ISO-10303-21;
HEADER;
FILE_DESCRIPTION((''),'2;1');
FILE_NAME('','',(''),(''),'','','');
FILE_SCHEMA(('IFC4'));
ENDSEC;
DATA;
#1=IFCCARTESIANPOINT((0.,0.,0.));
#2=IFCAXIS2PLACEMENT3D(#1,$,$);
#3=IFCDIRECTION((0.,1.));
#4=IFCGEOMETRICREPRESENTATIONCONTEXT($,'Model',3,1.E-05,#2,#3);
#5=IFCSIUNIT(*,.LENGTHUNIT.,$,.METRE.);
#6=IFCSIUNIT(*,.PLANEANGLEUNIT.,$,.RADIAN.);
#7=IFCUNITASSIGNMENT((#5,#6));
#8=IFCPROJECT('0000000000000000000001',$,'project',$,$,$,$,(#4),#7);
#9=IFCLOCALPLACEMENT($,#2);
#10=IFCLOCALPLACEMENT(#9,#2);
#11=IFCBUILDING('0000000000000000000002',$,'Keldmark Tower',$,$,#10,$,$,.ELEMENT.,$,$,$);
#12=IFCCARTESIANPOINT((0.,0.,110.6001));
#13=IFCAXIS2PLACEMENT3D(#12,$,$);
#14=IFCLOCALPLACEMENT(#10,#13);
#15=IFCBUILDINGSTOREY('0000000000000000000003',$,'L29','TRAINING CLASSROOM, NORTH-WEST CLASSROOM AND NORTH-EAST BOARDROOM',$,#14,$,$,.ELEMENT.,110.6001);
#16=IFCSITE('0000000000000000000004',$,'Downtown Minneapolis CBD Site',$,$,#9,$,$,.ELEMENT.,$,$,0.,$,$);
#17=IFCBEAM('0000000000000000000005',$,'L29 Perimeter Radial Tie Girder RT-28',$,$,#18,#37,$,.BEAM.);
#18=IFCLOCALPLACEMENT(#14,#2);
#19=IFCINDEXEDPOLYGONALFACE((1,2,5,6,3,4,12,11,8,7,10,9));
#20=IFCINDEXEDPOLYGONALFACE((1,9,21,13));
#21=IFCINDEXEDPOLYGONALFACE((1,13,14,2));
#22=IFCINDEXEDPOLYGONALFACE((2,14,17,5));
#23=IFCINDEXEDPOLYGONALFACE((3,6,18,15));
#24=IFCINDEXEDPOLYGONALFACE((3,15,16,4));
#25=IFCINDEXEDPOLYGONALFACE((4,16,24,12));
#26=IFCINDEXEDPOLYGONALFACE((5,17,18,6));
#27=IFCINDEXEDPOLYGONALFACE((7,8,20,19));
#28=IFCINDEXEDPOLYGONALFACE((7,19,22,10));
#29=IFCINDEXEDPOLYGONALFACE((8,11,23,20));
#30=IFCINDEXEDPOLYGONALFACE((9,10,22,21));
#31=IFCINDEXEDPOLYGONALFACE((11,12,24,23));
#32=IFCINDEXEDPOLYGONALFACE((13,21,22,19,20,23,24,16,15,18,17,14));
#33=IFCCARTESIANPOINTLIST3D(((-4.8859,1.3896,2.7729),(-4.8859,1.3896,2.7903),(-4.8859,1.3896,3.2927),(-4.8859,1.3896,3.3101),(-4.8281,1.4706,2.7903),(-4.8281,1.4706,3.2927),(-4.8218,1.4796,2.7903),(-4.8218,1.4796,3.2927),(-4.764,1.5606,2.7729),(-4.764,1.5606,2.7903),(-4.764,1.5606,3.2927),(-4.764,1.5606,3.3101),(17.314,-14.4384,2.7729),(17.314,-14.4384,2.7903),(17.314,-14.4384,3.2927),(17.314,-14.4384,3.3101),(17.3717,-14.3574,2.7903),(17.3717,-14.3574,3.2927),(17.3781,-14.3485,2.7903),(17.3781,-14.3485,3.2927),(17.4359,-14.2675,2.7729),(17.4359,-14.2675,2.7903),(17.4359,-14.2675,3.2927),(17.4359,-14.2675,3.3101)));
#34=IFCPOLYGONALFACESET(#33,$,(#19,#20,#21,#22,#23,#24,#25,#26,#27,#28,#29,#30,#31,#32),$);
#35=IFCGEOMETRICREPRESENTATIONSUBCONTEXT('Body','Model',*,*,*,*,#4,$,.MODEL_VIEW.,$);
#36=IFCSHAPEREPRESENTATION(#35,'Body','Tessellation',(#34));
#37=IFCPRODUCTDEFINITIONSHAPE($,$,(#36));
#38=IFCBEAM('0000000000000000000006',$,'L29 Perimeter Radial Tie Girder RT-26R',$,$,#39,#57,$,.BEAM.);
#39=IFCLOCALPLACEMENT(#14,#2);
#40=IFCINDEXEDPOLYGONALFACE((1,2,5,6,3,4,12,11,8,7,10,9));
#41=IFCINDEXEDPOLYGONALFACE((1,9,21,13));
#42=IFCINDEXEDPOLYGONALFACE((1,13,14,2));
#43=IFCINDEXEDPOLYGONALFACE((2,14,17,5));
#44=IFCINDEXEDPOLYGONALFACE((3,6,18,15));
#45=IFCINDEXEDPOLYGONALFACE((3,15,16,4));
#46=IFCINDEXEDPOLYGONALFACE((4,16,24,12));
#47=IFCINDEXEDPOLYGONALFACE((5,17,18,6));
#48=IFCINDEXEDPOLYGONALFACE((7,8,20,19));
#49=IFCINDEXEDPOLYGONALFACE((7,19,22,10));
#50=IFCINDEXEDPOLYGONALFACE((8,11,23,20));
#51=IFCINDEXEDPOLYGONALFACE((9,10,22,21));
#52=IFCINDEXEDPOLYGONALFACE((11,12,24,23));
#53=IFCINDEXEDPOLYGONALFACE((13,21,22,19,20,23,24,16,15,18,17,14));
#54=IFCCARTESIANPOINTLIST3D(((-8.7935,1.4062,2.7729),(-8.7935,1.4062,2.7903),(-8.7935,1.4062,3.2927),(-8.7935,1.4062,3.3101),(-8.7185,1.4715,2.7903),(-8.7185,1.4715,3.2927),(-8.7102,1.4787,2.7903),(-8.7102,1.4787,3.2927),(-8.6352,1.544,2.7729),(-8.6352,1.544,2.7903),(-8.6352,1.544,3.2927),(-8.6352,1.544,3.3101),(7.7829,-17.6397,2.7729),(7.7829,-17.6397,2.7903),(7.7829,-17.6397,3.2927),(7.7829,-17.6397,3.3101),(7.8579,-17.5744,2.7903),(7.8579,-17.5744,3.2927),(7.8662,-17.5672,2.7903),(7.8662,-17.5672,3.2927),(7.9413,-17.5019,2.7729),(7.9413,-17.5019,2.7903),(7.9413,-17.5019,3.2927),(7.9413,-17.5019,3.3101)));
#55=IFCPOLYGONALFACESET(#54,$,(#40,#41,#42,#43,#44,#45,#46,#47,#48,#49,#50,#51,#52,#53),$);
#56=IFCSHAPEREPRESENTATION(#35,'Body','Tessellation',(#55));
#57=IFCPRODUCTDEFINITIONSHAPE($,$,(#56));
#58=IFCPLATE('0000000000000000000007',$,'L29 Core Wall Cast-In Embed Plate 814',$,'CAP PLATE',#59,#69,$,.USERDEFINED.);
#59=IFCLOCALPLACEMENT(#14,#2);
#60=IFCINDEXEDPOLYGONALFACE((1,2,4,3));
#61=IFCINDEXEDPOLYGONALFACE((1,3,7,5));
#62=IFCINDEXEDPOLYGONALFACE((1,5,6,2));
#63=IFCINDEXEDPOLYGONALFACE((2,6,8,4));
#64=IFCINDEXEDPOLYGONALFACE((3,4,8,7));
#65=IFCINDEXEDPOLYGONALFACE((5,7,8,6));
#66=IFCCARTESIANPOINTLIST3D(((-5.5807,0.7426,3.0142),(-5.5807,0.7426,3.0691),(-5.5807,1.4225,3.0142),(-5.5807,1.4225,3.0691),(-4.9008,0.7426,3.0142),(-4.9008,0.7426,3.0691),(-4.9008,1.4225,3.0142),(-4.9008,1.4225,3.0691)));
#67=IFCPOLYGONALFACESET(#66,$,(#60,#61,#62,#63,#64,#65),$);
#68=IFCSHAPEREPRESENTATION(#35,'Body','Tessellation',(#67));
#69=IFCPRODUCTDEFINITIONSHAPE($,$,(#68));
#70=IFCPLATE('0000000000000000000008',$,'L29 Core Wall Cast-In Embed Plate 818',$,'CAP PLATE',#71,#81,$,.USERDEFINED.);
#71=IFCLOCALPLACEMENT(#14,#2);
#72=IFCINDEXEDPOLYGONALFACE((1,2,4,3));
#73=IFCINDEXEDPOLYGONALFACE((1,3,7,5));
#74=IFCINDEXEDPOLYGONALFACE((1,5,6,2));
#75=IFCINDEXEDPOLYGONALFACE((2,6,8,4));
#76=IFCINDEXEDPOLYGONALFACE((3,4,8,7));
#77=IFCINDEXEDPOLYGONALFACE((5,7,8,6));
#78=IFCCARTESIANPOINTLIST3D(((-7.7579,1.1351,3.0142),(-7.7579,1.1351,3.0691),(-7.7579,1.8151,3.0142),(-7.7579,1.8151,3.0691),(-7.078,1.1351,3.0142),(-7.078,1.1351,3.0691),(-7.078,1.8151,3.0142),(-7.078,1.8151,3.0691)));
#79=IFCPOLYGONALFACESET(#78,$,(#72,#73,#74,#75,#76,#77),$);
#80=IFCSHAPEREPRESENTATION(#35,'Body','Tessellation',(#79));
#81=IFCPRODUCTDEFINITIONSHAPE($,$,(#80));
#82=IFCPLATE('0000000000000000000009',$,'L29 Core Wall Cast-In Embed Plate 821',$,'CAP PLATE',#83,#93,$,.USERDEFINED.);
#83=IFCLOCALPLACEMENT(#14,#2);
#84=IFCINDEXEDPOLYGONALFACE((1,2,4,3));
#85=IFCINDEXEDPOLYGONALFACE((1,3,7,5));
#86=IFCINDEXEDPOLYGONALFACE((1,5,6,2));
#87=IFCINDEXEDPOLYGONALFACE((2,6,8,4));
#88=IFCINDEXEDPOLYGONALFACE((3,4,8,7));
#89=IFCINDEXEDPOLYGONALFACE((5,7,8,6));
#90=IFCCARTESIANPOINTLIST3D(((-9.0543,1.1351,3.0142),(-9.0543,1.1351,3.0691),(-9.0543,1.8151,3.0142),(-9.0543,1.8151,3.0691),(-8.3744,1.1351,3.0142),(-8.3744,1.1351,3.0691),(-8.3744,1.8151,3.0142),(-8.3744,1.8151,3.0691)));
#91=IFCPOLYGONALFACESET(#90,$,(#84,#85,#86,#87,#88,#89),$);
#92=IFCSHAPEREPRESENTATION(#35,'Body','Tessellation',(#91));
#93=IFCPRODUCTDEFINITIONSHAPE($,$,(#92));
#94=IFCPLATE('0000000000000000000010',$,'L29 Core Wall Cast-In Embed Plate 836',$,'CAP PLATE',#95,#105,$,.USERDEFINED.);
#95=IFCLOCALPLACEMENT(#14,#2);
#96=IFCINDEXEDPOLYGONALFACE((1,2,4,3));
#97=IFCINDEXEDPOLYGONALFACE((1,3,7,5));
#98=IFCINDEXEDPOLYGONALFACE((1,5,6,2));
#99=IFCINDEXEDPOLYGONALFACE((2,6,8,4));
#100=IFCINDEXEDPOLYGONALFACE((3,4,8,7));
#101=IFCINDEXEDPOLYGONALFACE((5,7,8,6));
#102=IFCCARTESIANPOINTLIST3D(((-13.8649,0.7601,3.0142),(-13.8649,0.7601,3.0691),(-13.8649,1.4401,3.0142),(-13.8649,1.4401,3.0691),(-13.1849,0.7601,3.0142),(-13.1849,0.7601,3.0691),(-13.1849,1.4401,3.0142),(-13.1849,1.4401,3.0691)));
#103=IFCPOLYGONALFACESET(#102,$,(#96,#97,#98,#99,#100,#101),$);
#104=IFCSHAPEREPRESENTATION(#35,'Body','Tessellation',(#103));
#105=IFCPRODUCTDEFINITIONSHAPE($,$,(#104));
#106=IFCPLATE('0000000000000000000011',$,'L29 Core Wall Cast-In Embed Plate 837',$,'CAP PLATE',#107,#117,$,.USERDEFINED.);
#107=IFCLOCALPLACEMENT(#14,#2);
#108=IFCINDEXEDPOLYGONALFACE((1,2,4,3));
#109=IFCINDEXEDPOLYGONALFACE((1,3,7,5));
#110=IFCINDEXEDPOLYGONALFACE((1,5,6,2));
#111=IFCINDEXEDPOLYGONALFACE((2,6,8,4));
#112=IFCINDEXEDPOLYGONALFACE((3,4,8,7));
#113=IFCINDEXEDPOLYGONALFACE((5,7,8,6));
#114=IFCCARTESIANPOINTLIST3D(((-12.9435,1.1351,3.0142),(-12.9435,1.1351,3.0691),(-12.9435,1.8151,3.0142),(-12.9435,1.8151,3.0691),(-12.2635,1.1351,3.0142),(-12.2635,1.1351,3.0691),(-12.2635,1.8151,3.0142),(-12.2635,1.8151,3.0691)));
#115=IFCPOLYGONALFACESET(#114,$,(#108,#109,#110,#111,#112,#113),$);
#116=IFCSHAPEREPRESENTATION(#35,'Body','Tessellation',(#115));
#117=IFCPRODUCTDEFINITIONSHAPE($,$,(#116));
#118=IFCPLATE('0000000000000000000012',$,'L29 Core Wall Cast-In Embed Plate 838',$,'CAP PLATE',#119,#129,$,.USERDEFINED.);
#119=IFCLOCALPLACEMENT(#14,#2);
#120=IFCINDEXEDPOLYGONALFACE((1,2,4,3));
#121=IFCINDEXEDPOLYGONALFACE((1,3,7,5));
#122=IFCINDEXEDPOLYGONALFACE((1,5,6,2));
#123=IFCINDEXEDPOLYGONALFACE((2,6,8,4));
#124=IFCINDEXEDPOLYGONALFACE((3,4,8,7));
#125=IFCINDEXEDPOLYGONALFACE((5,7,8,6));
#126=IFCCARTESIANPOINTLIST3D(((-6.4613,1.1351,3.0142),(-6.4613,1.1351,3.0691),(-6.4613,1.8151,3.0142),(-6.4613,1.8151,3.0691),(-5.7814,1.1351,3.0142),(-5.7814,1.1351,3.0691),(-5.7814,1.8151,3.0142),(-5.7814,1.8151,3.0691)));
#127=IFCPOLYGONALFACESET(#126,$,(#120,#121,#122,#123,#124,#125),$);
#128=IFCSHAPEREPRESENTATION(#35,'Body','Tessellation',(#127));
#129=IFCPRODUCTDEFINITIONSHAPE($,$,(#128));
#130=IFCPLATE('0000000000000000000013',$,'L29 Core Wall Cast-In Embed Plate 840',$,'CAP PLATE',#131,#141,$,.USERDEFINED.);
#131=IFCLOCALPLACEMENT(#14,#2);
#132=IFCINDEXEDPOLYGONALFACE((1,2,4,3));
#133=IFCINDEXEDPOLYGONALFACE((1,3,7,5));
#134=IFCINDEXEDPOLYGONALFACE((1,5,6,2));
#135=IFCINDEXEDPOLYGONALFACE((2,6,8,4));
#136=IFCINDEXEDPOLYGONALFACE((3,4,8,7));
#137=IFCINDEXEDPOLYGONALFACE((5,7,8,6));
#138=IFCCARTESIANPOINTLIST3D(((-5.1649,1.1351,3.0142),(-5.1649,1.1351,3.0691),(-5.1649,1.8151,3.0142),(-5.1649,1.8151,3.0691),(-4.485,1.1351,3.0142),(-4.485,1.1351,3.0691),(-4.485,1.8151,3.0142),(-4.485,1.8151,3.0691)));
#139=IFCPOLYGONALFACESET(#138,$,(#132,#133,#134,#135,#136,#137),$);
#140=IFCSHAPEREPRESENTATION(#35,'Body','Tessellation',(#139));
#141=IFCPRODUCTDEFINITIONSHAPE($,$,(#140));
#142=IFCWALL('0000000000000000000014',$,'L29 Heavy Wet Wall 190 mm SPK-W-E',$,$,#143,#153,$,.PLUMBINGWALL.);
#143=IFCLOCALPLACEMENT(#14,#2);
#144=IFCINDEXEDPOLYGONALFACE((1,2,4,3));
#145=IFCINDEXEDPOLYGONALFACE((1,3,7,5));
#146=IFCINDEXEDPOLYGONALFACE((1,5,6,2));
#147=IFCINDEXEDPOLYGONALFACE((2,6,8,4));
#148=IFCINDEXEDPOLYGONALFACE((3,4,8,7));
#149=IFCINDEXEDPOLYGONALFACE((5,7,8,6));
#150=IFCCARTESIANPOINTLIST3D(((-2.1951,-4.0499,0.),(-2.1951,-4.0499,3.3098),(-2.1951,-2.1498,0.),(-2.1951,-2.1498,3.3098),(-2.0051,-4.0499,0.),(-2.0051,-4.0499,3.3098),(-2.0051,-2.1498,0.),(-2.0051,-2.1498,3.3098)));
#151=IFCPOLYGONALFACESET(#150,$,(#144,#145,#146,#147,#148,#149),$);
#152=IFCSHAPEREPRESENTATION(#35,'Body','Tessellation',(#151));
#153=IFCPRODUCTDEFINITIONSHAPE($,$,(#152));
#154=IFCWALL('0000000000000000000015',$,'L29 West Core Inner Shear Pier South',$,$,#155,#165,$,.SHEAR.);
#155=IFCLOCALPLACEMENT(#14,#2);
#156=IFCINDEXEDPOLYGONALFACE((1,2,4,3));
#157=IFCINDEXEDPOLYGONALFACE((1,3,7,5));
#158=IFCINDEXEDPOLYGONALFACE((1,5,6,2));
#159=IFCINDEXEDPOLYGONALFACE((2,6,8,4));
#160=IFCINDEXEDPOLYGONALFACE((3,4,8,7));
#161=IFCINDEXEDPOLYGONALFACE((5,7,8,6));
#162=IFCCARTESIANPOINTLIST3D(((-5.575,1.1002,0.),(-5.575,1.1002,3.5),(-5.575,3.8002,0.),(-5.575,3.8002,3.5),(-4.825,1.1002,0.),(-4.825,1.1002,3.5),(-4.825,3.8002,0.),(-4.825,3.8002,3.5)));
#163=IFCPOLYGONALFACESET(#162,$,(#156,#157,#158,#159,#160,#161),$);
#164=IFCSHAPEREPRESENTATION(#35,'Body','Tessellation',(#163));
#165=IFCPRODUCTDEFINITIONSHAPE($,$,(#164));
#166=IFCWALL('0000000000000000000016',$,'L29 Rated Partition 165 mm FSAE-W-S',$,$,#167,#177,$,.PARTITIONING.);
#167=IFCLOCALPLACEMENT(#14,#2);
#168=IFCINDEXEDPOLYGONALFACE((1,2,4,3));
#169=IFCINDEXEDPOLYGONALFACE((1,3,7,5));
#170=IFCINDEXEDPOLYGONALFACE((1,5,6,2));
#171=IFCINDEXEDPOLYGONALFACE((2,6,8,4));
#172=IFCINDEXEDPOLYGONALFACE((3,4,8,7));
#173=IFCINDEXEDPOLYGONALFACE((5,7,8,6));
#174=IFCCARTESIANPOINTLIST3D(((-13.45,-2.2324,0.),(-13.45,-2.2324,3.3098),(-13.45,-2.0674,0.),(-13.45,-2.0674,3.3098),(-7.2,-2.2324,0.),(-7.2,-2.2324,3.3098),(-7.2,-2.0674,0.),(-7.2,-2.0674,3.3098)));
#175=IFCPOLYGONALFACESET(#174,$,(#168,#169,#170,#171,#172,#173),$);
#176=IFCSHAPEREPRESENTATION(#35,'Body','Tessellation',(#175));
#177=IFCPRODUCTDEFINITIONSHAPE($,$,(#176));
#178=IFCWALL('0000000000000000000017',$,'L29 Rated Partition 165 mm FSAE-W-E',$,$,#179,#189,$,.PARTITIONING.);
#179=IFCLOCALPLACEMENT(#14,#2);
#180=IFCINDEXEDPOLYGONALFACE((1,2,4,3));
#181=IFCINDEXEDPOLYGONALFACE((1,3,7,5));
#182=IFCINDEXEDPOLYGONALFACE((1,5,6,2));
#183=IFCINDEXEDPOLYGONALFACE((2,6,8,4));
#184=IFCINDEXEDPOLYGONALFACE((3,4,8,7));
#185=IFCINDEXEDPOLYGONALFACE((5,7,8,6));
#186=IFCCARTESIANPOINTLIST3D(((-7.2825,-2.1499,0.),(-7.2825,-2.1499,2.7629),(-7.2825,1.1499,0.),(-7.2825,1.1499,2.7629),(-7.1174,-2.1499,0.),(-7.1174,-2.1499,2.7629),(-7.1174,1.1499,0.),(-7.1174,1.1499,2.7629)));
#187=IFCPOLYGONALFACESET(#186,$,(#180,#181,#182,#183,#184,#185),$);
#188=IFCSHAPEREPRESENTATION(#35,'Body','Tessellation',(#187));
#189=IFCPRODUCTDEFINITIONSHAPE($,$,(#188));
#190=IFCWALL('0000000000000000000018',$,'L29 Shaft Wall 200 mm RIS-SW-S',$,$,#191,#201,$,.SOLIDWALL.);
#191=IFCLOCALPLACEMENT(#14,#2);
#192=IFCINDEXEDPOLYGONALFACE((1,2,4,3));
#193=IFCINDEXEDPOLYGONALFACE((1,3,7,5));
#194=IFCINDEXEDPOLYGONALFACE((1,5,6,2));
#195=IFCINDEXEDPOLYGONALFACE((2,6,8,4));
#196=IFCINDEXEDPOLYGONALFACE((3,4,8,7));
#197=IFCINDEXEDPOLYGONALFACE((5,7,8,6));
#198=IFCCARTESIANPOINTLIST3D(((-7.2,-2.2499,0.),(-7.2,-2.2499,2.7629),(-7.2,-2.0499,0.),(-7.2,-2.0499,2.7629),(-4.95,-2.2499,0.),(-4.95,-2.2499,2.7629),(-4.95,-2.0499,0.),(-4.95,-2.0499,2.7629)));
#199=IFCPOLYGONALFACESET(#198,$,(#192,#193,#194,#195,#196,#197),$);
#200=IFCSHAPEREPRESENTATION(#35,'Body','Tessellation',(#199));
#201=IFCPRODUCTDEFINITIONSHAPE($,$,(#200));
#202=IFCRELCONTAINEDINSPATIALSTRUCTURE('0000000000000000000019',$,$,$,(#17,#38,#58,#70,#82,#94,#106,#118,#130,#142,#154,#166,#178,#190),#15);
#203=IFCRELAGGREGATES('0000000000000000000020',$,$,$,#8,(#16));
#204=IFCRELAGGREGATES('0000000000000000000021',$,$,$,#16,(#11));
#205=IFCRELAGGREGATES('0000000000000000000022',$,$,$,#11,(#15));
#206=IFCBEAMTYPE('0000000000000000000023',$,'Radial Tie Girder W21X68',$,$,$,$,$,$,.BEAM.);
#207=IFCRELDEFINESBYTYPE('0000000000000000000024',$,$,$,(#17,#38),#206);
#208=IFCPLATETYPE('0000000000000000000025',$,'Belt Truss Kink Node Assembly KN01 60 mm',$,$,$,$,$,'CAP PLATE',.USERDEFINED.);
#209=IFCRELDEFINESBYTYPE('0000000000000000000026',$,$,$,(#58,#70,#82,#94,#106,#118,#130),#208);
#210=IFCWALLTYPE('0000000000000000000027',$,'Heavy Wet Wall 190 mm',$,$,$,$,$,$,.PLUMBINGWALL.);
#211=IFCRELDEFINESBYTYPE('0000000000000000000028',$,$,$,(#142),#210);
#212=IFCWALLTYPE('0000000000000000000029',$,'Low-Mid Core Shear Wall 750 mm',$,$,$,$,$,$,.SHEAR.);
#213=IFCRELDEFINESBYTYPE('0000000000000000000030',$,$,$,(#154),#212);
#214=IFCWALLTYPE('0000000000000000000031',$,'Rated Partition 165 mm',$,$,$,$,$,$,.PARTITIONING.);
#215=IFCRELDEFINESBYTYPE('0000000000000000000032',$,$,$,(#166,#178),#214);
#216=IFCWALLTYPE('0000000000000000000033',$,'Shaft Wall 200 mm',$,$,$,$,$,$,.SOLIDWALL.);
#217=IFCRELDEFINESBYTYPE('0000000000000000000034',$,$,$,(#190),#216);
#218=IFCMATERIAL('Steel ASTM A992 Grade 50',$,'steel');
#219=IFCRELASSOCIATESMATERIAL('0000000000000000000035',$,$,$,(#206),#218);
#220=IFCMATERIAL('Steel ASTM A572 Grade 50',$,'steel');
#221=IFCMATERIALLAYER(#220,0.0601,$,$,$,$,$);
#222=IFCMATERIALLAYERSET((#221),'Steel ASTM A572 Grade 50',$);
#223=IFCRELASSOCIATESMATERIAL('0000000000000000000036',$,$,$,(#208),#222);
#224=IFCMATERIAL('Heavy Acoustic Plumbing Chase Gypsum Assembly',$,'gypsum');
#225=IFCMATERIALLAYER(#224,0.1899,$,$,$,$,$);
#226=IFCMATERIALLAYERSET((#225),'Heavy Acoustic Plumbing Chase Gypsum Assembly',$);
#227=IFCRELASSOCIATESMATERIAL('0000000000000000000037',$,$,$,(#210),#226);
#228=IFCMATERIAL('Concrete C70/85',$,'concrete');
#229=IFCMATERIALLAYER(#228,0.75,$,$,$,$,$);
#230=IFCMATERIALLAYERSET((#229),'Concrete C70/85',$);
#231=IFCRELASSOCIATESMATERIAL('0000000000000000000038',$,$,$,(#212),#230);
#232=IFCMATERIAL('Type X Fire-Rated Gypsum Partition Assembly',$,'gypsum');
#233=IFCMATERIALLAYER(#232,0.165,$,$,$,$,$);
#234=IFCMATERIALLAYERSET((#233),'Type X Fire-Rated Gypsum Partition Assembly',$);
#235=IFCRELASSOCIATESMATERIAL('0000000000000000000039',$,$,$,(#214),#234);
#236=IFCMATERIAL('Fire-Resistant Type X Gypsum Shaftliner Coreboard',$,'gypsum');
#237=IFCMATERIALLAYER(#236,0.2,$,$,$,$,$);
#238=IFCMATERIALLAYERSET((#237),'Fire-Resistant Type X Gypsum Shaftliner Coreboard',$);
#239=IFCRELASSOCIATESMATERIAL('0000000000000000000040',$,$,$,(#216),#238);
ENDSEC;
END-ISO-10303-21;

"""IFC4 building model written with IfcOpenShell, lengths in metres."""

from ifc_helpers import new_model, si_unit, direction, frame, frame_2d, origin, origin_2d, place, context, subcontext, project, spatial, rectangle, i_section, extrude, material, layer, layer_set, material_profile, profile_set, type_object, element, save


model = new_model("IFC4")

# Units and contexts
model_context = context("Model", 3, precision=1e-05, world=origin(), true_north=direction((0.0, 1.0)))
body_context = subcontext(model_context, "Body", "Model", "MODEL_VIEW")
ifc_project = project(units=[si_unit("LENGTHUNIT", "METRE"), si_unit("PLANEANGLEUNIT", "RADIAN")], contexts=[model_context])

# Site, building, storey
site_placement = place(None, origin())
site = spatial("IfcSite", under=ifc_project, at=site_placement, Name="Downtown Minneapolis CBD Site", CompositionType="ELEMENT", RefElevation=0.0)
building_placement = place(site_placement, origin())
building = spatial("IfcBuilding", under=site, at=building_placement, Name="Keldmark Tower", CompositionType="ELEMENT")
storey_placement = place(building_placement, frame((0.0, 0.0, 110.6001)))
storey = spatial("IfcBuildingStorey", under=building, at=storey_placement, Name="L29", Description="TRAINING CLASSROOM, NORTH-WEST CLASSROOM AND NORTH-EAST BOARDROOM", CompositionType="ELEMENT", Elevation=110.6001)

# Beams
ifc_material_1 = material(Name="Steel ASTM A992 Grade 50", Category="steel")
ifc_material_profile_1 = material_profile(ifc_material_1, i_section(OverallWidth=0.21, OverallDepth=0.5371, WebThickness=0.011, FlangeThickness=0.0173, at=origin_2d()), Name="W21X68")
ifc_profile_set_1 = profile_set([ifc_material_profile_1], Name="Steel ASTM A992 Grade 50")
beam_type_1 = type_object("IfcBeamType", Name="Radial Tie Girder W21X68", PredefinedType="BEAM", material=ifc_profile_set_1)
beam_1_placement = place(storey_placement, frame((-4.825, 1.4751, 3.0415), z_axis=(0.814236, -0.580534, 0.0), x_axis=(0.580534, 0.814236, 0.0)))
element("IfcBeam", 1, at=beam_1_placement, inside=storey, type_object=beam_type_1, Name="L29 Perimeter Radial Tie Girder RT-28", PredefinedType="BEAM", context=body_context, shape_type="SweptSolid", body=[
    extrude(i_section(OverallWidth=0.21, OverallDepth=0.5371, WebThickness=0.011, FlangeThickness=0.0173, at=origin_2d()), origin(), (0.0, 0.0, 1.0), 27.2646),
])
beam_2_placement = place(storey_placement, frame((-8.7144, 1.4751, 3.0415), z_axis=(0.656512, -0.754316, 0.0), x_axis=(0.754316, 0.656512, 0.0)))
element("IfcBeam", 2, at=beam_2_placement, inside=storey, type_object=beam_type_1, Name="L29 Perimeter Radial Tie Girder RT-26R", PredefinedType="BEAM", context=body_context, shape_type="SweptSolid", body=[
    extrude(i_section(OverallWidth=0.21, OverallDepth=0.5371, WebThickness=0.011, FlangeThickness=0.0173, at=origin_2d()), origin(), (0.0, 0.0, 1.0), 25.2493),
])

# Plates
ifc_material_2 = material(Name="Steel ASTM A572 Grade 50", Category="steel")
ifc_layer_1 = layer(ifc_material_2, 0.0601)
ifc_layer_set_1 = layer_set([ifc_layer_1], Name="Steel ASTM A572 Grade 50")
plate_type = type_object("IfcPlateType", Name="Belt Truss Kink Node Assembly KN01 60 mm", ElementType="CAP PLATE", PredefinedType="USERDEFINED", material=ifc_layer_set_1)
for number, where, z_axis, x_axis, name in (
    (3, (-5.2407, 1.0825, 3.0142), (0.0, 0.0, 1.0), (1.0, 0.0, 0.0), "L29 Core Wall Cast-In Embed Plate 814"),
    (4, (-7.418, 1.4751, 3.0142), (0.0, 0.0, 1.0), (1.0, 0.0, 0.0), "L29 Core Wall Cast-In Embed Plate 818"),
    (5, (-8.7144, 1.4751, 3.0142), (0.0, 0.0, 1.0), (1.0, 0.0, 0.0), "L29 Core Wall Cast-In Embed Plate 821"),
    (6, (-13.5249, 1.1001, 3.0142), (0.0, 0.0, 1.0), (1.0, 0.0, 0.0), "L29 Core Wall Cast-In Embed Plate 836"),
    (7, (-12.6035, 1.4751, 3.0142), (0.0, 0.0, 1.0), (1.0, 0.0, 0.0), "L29 Core Wall Cast-In Embed Plate 837"),
    (8, (-6.1213, 1.4751, 3.0142), (0.0, 0.0, 1.0), (1.0, 0.0, 0.0), "L29 Core Wall Cast-In Embed Plate 838"),
    (9, (-4.825, 1.4751, 3.0142), (0.0, 0.0, 1.0), (1.0, 0.0, 0.0), "L29 Core Wall Cast-In Embed Plate 840"),
):
    element("IfcPlate", number, at=place(storey_placement, frame(where, z_axis=z_axis, x_axis=x_axis)), inside=storey, type_object=plate_type, Name=name, ObjectType="CAP PLATE", PredefinedType="USERDEFINED", context=body_context, shape_type="SweptSolid", body=[
        extrude(rectangle(XDim=0.6799, YDim=0.6799, at=origin_2d()), origin(), (0.0, 0.0, 1.0), 0.0549),
    ])

# Wall
ifc_material_3 = material(Name="Heavy Acoustic Plumbing Chase Gypsum Assembly", Category="gypsum")
ifc_layer_2 = layer(ifc_material_3, 0.1899)
ifc_layer_set_2 = layer_set([ifc_layer_2], Name="Heavy Acoustic Plumbing Chase Gypsum Assembly")
wall_type_1 = type_object("IfcWallType", Name="Heavy Wet Wall 190 mm", PredefinedType="PLUMBINGWALL", material=ifc_layer_set_2)
wall_1_placement = place(storey_placement, frame((-2.1001, -4.05, 0.0), z_axis=(0.0, 0.0, 1.0), x_axis=(0.0, 1.0, 0.0)))
element("IfcWall", 10, at=wall_1_placement, inside=storey, type_object=wall_type_1, Name="L29 Heavy Wet Wall 190 mm SPK-W-E", PredefinedType="PLUMBINGWALL", context=body_context, shape_type="SweptSolid", body=[
    extrude(rectangle(XDim=1.9001, YDim=0.1899, at=frame_2d((0.9502, 0.0))), origin(), (0.0, 0.0, 1.0), 3.3098),
])

# Shared definitions
ifc_material_4 = material(Name="Concrete C70/85", Category="concrete")
ifc_layer_3 = layer(ifc_material_4, 0.75)
ifc_layer_set_3 = layer_set([ifc_layer_3], Name="Concrete C70/85")
wall_type_2 = type_object("IfcWallType", Name="Low-Mid Core Shear Wall 750 mm", PredefinedType="SHEAR", material=ifc_layer_set_3)

# Walls
wall_2_placement = place(storey_placement, frame((-5.2, 1.1001, 0.0), z_axis=(0.0, 0.0, 1.0), x_axis=(0.0, 1.0, 0.0)))
element("IfcWall", 11, at=wall_2_placement, inside=storey, type_object=wall_type_2, Name="L29 West Core Inner Shear Pier South", PredefinedType="SHEAR", context=body_context, shape_type="SweptSolid", body=[
    extrude(rectangle(XDim=2.7, YDim=0.75, at=frame_2d((1.3501, 0.0))), origin(), (0.0, 0.0, 1.0), 3.5),
])
ifc_material_5 = material(Name="Type X Fire-Rated Gypsum Partition Assembly", Category="gypsum")
ifc_layer_4 = layer(ifc_material_5, 0.165)
ifc_layer_set_4 = layer_set([ifc_layer_4], Name="Type X Fire-Rated Gypsum Partition Assembly")
wall_type_3 = type_object("IfcWallType", Name="Rated Partition 165 mm", PredefinedType="PARTITIONING", material=ifc_layer_set_4)
wall_3_placement = place(storey_placement, frame((-13.45, -2.1499, 0.0), z_axis=(0.0, 0.0, 1.0), x_axis=(1.0, 0.0, 0.0)))
element("IfcWall", 12, at=wall_3_placement, inside=storey, type_object=wall_type_3, Name="L29 Rated Partition 165 mm FSAE-W-S", PredefinedType="PARTITIONING", context=body_context, shape_type="SweptSolid", body=[
    extrude(rectangle(XDim=6.25, YDim=0.165, at=frame_2d((3.125, 0.0))), origin(), (0.0, 0.0, 1.0), 3.3098),
])

# Walls
wall_4_placement = place(storey_placement, frame((-7.2, -2.1499, 0.0), z_axis=(0.0, 0.0, 1.0), x_axis=(0.0, 1.0, 0.0)))
element("IfcWall", 13, at=wall_4_placement, inside=storey, type_object=wall_type_3, Name="L29 Rated Partition 165 mm FSAE-W-E", PredefinedType="PARTITIONING", context=body_context, shape_type="SweptSolid", body=[
    extrude(rectangle(XDim=3.2998, YDim=0.165, at=frame_2d((1.6499, 0.0))), origin(), (0.0, 0.0, 1.0), 2.7629),
])
ifc_material_6 = material(Name="Fire-Resistant Type X Gypsum Shaftliner Coreboard", Category="gypsum")
ifc_layer_5 = layer(ifc_material_6, 0.2)
ifc_layer_set_5 = layer_set([ifc_layer_5], Name="Fire-Resistant Type X Gypsum Shaftliner Coreboard")
wall_type_4 = type_object("IfcWallType", Name="Shaft Wall 200 mm", PredefinedType="SOLIDWALL", material=ifc_layer_set_5)
wall_5_placement = place(storey_placement, frame((-7.2, -2.1499, 0.0), z_axis=(0.0, 0.0, 1.0), x_axis=(1.0, 0.0, 0.0)))
element("IfcWall", 14, at=wall_5_placement, inside=storey, type_object=wall_type_4, Name="L29 Shaft Wall 200 mm RIS-SW-S", PredefinedType="SOLIDWALL", context=body_context, shape_type="SweptSolid", body=[
    extrude(rectangle(XDim=2.25, YDim=0.2, at=frame_2d((1.125, 0.0))), origin(), (0.0, 0.0, 1.0), 2.7629),
])

save(model, "model.ifc")
